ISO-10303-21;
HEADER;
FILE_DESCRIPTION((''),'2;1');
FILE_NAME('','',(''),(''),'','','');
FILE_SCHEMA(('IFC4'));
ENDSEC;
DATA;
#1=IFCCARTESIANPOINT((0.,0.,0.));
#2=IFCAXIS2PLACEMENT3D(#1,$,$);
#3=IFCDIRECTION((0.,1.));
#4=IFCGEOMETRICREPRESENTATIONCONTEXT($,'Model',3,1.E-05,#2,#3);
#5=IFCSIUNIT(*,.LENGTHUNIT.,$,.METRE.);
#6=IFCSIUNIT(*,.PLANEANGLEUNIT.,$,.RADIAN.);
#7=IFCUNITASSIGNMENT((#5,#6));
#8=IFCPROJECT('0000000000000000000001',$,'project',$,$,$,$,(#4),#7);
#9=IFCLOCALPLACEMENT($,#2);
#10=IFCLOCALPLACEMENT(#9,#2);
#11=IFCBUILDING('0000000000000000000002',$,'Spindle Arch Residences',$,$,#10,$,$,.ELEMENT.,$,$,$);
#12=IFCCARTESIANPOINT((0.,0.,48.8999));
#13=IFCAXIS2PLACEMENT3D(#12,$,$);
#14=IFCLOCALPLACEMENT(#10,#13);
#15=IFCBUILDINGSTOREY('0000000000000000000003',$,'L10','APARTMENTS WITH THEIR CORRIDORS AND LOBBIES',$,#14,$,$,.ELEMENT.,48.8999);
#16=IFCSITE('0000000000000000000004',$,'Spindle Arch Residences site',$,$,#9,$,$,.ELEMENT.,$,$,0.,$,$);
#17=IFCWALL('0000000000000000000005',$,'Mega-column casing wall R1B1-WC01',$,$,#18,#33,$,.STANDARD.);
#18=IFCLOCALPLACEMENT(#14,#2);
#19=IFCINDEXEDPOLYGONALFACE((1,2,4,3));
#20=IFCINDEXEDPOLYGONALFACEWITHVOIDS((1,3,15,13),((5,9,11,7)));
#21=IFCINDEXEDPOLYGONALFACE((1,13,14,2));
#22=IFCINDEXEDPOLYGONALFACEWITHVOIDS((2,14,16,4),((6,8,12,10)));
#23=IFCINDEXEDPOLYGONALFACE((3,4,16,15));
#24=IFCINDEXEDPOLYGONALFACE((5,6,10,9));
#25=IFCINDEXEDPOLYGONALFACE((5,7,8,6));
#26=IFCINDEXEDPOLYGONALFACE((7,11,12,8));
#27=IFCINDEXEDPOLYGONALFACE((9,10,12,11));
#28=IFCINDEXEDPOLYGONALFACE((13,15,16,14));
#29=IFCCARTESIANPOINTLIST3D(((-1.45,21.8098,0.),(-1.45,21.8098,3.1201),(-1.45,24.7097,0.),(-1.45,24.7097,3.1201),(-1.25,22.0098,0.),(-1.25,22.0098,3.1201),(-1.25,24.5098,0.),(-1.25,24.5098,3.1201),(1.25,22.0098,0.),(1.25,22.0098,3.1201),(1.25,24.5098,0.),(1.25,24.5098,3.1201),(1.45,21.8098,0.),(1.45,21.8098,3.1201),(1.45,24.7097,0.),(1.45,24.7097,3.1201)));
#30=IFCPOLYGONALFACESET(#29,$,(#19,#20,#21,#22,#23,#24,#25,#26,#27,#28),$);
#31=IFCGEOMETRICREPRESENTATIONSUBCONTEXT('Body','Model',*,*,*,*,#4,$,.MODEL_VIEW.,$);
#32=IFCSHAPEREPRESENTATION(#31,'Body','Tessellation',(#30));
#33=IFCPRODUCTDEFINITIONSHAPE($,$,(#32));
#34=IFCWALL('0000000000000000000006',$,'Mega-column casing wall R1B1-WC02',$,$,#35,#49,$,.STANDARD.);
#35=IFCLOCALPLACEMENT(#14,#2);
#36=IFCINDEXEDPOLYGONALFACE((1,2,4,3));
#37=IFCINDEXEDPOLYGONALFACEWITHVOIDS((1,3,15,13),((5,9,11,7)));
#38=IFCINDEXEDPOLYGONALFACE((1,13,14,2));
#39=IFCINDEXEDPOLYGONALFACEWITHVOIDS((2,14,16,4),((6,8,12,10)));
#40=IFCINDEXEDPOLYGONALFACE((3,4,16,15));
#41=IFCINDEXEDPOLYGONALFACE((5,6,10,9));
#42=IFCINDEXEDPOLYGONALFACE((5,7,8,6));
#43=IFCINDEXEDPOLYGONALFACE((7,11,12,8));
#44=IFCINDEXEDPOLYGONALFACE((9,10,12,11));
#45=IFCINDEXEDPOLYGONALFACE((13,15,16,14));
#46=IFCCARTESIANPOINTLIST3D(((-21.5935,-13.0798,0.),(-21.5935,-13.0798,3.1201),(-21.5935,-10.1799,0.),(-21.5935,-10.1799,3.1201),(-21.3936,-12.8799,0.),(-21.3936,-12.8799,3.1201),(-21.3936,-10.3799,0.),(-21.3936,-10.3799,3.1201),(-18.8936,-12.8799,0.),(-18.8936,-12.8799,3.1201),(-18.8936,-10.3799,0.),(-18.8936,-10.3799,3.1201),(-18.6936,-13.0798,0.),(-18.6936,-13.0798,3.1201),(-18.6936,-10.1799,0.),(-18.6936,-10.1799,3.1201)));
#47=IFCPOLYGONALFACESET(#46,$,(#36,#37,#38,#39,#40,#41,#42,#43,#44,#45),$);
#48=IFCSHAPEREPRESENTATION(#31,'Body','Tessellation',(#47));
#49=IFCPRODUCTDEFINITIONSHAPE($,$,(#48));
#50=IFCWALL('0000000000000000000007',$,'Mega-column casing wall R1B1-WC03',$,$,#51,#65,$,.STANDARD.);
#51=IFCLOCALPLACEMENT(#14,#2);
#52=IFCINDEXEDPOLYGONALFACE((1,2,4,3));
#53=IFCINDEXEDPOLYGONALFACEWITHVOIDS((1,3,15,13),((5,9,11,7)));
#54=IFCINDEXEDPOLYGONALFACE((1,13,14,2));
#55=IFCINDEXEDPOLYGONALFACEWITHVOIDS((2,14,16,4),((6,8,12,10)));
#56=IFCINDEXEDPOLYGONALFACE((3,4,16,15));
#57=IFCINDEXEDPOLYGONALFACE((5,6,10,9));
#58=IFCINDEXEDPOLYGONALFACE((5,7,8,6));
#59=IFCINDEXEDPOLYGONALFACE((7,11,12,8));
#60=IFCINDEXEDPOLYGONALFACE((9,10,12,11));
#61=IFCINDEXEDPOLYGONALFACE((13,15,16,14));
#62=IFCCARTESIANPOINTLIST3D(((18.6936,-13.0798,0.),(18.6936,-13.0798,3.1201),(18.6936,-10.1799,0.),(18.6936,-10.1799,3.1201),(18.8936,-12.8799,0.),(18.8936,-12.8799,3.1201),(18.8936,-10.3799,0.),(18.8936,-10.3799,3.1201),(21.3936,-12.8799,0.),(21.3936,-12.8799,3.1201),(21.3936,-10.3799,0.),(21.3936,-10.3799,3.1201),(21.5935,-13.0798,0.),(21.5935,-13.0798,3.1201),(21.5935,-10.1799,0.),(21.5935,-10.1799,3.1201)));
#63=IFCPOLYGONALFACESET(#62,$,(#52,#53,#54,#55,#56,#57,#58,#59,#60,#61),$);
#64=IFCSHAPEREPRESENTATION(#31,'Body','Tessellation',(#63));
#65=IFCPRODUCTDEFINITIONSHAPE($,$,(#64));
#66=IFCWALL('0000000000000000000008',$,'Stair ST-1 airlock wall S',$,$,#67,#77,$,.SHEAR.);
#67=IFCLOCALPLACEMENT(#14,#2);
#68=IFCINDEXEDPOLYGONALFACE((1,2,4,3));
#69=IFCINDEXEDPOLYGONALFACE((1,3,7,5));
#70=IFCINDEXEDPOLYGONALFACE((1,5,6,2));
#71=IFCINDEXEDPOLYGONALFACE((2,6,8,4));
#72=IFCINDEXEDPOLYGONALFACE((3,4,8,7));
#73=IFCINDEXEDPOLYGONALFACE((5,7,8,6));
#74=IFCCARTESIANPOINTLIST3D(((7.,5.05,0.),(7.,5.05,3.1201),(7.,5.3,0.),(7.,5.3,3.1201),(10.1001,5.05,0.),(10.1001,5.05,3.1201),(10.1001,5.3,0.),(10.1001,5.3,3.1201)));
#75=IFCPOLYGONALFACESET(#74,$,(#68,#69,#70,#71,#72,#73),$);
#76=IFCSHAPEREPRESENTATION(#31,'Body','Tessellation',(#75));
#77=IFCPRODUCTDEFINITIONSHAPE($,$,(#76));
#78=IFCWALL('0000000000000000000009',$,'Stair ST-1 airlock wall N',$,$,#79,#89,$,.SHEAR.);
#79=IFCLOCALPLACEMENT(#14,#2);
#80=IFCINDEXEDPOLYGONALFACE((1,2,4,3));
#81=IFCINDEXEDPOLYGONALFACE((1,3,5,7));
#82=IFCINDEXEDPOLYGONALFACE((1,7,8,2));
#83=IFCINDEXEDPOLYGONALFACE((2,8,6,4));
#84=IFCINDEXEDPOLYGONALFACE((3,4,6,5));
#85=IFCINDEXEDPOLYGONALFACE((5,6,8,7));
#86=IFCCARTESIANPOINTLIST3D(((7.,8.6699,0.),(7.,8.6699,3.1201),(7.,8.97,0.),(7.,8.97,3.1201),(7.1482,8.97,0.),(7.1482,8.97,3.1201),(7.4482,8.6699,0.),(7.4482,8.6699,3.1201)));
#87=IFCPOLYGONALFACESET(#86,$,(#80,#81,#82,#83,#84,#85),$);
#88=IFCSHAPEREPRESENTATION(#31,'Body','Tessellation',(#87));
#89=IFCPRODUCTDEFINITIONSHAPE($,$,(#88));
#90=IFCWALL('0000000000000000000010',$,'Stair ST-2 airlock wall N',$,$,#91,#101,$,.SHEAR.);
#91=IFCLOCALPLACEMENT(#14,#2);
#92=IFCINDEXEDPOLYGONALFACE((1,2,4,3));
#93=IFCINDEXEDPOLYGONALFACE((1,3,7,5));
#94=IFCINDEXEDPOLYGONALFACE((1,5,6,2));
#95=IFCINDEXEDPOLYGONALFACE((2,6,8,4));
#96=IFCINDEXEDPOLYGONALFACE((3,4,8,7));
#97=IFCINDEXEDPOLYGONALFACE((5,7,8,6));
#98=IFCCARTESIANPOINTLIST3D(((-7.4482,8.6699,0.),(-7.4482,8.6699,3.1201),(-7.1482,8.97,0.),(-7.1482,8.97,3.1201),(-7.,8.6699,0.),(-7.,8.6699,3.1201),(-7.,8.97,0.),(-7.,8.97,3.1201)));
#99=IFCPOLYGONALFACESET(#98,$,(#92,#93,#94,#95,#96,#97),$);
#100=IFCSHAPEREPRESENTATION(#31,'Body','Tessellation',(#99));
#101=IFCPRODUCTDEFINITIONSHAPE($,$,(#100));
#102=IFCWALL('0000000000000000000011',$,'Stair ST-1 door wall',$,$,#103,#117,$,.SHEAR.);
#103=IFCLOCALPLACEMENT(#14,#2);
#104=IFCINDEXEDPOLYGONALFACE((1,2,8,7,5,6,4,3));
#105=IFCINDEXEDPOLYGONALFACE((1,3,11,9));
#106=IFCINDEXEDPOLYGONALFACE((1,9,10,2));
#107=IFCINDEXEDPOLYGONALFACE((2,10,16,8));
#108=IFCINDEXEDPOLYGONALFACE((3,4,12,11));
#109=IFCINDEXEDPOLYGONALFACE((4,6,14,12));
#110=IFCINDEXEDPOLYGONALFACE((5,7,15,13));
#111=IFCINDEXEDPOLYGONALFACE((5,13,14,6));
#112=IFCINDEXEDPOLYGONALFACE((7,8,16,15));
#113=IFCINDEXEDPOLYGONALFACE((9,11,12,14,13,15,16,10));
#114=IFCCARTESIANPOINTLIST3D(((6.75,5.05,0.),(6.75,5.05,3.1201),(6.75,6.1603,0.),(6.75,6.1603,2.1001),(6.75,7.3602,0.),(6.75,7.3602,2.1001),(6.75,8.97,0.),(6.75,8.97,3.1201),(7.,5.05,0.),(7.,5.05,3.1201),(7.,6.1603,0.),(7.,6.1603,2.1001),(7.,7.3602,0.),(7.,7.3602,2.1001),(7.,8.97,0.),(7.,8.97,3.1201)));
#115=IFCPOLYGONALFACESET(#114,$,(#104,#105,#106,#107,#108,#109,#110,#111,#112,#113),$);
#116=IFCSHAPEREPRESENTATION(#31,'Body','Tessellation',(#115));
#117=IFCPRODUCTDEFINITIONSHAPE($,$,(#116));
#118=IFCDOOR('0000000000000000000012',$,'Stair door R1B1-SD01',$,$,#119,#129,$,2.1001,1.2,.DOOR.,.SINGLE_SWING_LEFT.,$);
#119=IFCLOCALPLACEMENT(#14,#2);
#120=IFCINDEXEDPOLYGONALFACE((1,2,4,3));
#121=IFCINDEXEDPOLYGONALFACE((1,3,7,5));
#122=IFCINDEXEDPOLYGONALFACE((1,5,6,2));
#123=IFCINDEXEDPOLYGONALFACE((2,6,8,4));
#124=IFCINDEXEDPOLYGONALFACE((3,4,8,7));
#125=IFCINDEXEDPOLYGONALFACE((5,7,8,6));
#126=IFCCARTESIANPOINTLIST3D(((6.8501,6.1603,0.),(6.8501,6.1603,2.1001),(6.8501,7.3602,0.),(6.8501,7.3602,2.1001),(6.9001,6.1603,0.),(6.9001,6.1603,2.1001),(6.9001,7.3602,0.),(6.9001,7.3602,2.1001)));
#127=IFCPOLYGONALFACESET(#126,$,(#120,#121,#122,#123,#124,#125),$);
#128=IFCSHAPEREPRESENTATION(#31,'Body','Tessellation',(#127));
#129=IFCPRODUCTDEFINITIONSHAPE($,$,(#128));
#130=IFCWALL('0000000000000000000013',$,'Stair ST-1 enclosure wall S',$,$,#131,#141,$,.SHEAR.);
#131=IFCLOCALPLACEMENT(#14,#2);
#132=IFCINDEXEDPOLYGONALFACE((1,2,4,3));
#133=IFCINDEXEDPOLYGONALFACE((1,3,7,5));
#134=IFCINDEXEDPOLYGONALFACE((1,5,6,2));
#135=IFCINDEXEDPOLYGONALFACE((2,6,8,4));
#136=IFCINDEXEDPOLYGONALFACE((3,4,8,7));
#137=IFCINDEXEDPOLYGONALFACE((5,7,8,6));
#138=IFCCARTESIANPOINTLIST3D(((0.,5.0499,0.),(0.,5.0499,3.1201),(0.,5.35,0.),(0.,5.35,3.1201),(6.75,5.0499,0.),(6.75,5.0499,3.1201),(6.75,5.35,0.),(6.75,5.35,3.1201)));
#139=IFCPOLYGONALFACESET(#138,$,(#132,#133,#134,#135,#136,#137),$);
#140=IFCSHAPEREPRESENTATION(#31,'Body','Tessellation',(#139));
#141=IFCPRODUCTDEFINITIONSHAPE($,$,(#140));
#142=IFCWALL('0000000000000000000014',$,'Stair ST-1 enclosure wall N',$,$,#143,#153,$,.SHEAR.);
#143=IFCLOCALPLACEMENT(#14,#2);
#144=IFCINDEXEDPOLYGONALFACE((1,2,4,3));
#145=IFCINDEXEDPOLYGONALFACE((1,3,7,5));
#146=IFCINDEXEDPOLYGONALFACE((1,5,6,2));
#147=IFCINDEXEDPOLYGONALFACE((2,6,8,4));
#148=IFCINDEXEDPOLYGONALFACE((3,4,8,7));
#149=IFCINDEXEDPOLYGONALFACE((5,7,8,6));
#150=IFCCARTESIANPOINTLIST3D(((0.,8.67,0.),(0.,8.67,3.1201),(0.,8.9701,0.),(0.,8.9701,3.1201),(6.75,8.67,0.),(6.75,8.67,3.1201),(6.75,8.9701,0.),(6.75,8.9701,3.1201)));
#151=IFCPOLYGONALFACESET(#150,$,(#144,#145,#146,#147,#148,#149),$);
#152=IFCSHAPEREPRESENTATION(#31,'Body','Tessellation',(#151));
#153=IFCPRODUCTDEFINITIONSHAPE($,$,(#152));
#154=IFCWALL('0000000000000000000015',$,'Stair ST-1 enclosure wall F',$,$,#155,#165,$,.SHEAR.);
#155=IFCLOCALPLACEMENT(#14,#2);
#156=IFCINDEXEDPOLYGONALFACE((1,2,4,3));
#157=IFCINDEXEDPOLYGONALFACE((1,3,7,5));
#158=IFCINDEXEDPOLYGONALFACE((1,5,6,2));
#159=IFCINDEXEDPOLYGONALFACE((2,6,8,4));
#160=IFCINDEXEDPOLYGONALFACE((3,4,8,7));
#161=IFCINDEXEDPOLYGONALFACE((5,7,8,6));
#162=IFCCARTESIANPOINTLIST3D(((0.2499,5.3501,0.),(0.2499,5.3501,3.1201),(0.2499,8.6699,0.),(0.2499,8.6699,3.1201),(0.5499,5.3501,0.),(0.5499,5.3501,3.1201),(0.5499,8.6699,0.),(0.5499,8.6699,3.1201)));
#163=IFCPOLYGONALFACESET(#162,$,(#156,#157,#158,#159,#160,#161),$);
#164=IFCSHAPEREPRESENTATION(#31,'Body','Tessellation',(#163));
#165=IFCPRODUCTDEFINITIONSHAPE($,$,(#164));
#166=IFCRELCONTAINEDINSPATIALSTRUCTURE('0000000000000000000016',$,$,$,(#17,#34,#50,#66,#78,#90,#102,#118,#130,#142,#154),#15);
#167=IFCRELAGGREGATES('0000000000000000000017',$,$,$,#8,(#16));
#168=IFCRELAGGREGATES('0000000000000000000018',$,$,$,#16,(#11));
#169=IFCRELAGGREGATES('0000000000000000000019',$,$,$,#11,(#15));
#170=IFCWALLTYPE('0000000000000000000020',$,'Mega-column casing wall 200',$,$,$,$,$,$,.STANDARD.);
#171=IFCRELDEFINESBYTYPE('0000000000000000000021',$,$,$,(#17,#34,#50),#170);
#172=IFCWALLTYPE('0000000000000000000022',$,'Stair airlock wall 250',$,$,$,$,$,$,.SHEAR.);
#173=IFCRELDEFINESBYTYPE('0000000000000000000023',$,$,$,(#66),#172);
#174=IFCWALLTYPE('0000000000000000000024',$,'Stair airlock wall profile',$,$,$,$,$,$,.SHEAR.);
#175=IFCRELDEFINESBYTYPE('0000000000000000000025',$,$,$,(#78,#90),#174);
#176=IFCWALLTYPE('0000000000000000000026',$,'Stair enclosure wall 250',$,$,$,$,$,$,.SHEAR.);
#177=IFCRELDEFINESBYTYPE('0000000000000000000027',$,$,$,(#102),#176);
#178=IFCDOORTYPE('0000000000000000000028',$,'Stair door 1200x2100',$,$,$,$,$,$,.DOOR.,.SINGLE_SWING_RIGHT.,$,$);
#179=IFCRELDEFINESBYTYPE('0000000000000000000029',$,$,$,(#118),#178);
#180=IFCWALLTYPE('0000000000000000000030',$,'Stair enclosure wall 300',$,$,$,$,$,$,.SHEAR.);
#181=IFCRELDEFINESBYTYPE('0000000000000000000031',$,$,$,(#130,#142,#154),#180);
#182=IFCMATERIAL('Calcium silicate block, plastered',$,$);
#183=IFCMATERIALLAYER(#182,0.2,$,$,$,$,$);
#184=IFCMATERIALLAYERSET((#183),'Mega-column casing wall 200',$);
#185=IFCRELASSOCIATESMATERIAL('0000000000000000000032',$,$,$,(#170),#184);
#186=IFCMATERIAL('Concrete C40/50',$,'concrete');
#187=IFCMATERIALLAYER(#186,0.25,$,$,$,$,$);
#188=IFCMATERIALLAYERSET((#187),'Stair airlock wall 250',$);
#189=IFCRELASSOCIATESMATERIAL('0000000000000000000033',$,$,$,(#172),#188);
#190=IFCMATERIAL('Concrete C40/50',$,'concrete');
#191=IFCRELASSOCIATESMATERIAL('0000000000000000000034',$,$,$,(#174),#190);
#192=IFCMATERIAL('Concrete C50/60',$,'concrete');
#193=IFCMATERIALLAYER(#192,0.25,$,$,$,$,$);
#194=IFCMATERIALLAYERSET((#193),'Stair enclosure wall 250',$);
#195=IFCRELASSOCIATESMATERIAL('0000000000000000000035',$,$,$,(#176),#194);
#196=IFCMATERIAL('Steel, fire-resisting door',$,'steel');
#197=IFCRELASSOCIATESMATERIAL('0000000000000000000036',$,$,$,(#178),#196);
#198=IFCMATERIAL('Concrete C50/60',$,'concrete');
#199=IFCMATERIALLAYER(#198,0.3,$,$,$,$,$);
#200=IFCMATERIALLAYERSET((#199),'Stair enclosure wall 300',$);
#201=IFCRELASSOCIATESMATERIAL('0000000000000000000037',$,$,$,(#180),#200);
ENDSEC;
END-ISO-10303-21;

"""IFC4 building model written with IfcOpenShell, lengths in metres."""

from ifc_helpers import new_model, si_unit, direction, frame, frame_2d, origin, place, context, subcontext, project, spatial, polyline, rectangle, outline, extrude, material, layer, layer_set, type_object, element, fill, save


model = new_model("IFC4")

# Units and contexts
model_context = context("Model", 3, precision=1e-05, world=origin(), true_north=direction((0.0, 1.0)))
body_context = subcontext(model_context, "Body", "Model", "MODEL_VIEW")
ifc_project = project(units=[si_unit("LENGTHUNIT", "METRE"), si_unit("PLANEANGLEUNIT", "RADIAN")], contexts=[model_context])

# Site, building, storey
site_placement = place(None, origin())
site = spatial("IfcSite", under=ifc_project, at=site_placement, Name="Spindle Arch Residences site", CompositionType="ELEMENT", RefElevation=0.0)
building_placement = place(site_placement, origin())
building = spatial("IfcBuilding", under=site, at=building_placement, Name="Spindle Arch Residences", CompositionType="ELEMENT")
storey_placement = place(building_placement, frame((0.0, 0.0, 48.8999)))
storey = spatial("IfcBuildingStorey", under=building, at=storey_placement, Name="L10", Description="APARTMENTS WITH THEIR CORRIDORS AND LOBBIES", CompositionType="ELEMENT", Elevation=48.8999)

# Walls
ifc_material_1 = material(Name="Calcium silicate block, plastered")
ifc_layer_1 = layer(ifc_material_1, 0.2)
ifc_layer_set_1 = layer_set([ifc_layer_1], Name="Mega-column casing wall 200")
wall_type_1 = type_object("IfcWallType", Name="Mega-column casing wall 200", PredefinedType="STANDARD", material=ifc_layer_set_1)
wall_1_placement = place(storey_placement, origin())
element("IfcWall", 1, at=wall_1_placement, inside=storey, type_object=wall_type_1, Name="Mega-column casing wall R1B1-WC01", PredefinedType="STANDARD", context=body_context, shape_type="SweptSolid", body=[
    extrude(outline(polyline([(1.45, 24.7097), (1.45, 21.8098), (-1.45, 21.8098), (-1.45, 24.7097), (1.45, 24.7097)]), holes=[polyline([(-1.25, 22.0098), (1.25, 22.0098), (1.25, 24.5098), (-1.25, 24.5098), (-1.25, 22.0098)])]), origin(), (0.0, 0.0, 1.0), 3.1201),
])
wall_2_placement = place(storey_placement, origin())
element("IfcWall", 2, at=wall_2_placement, inside=storey, type_object=wall_type_1, Name="Mega-column casing wall R1B1-WC02", PredefinedType="STANDARD", context=body_context, shape_type="SweptSolid", body=[
    extrude(outline(polyline([(-18.6936, -10.1799), (-18.6936, -13.0798), (-21.5935, -13.0798), (-21.5935, -10.1799), (-18.6936, -10.1799)]), holes=[polyline([(-21.3936, -12.8799), (-18.8936, -12.8799), (-18.8936, -10.3799), (-21.3936, -10.3799), (-21.3936, -12.8799)])]), origin(), (0.0, 0.0, 1.0), 3.1201),
])
wall_3_placement = place(storey_placement, origin())
element("IfcWall", 3, at=wall_3_placement, inside=storey, type_object=wall_type_1, Name="Mega-column casing wall R1B1-WC03", PredefinedType="STANDARD", context=body_context, shape_type="SweptSolid", body=[
    extrude(outline(polyline([(21.5935, -10.1799), (21.5935, -13.0798), (18.6936, -13.0798), (18.6936, -10.1799), (21.5935, -10.1799)]), holes=[polyline([(18.8936, -12.8799), (21.3936, -12.8799), (21.3936, -10.3799), (18.8936, -10.3799), (18.8936, -12.8799)])]), origin(), (0.0, 0.0, 1.0), 3.1201),
])
ifc_material_2 = material(Name="Concrete C40/50", Category="concrete")
ifc_layer_2 = layer(ifc_material_2, 0.25)
ifc_layer_set_2 = layer_set([ifc_layer_2], Name="Stair airlock wall 250")
wall_type_2 = type_object("IfcWallType", Name="Stair airlock wall 250", PredefinedType="SHEAR", material=ifc_layer_set_2)
wall_4_placement = place(storey_placement, frame((7.0, 5.175, 0.0), z_axis=(0.0, 0.0, 1.0), x_axis=(1.0, 0.0, 0.0)))
element("IfcWall", 4, at=wall_4_placement, inside=storey, type_object=wall_type_2, Name="Stair ST-1 airlock wall S", PredefinedType="SHEAR", context=body_context, shape_type="SweptSolid", body=[
    extrude(rectangle(XDim=3.1001, YDim=0.25, at=frame_2d((1.55, 0.0))), origin(), (0.0, 0.0, 1.0), 3.1201),
])
ifc_material_3 = material(Name="Concrete C40/50", Category="concrete")
wall_type_3 = type_object("IfcWallType", Name="Stair airlock wall profile", PredefinedType="SHEAR", material=ifc_material_3)
wall_5_placement = place(storey_placement, origin())
element("IfcWall", 5, at=wall_5_placement, inside=storey, type_object=wall_type_3, Name="Stair ST-1 airlock wall N", PredefinedType="SHEAR", context=body_context, shape_type="SweptSolid", body=[
    extrude(outline(polyline([(7.4482, 8.6699), (7.0, 8.6699), (7.0, 8.97), (7.1482, 8.97), (7.4482, 8.6699)])), origin(), (0.0, 0.0, 1.0), 3.1201),
])
wall_6_placement = place(storey_placement, origin())
element("IfcWall", 6, at=wall_6_placement, inside=storey, type_object=wall_type_3, Name="Stair ST-2 airlock wall N", PredefinedType="SHEAR", context=body_context, shape_type="SweptSolid", body=[
    extrude(outline(polyline([(-7.1482, 8.97), (-7.0, 8.97), (-7.0, 8.6699), (-7.4482, 8.6699), (-7.1482, 8.97)])), origin(), (0.0, 0.0, 1.0), 3.1201),
])

# Wall, opening, door
ifc_material_4 = material(Name="Concrete C50/60", Category="concrete")
ifc_layer_3 = layer(ifc_material_4, 0.25)
ifc_layer_set_3 = layer_set([ifc_layer_3], Name="Stair enclosure wall 250")
wall_type_4 = type_object("IfcWallType", Name="Stair enclosure wall 250", PredefinedType="SHEAR", material=ifc_layer_set_3)
wall_7_placement = place(storey_placement, frame((6.875, 5.05, 0.0), z_axis=(0.0, 0.0, 1.0), x_axis=(0.0, 1.0, 0.0)))
wall_7 = element("IfcWall", 7, at=wall_7_placement, inside=storey, type_object=wall_type_4, Name="Stair ST-1 door wall", PredefinedType="SHEAR", context=body_context, shape_type="SweptSolid", body=[
    extrude(rectangle(XDim=3.9199, YDim=0.25, at=frame_2d((1.96, 0.0))), origin(), (0.0, 0.0, 1.0), 3.1201),
])
opening_1_placement = place(wall_7_placement, frame((1.1101, 0.0, 0.0)))
opening_1 = element("IfcOpeningElement", 8, at=opening_1_placement, cuts=wall_7, PredefinedType="OPENING", context=body_context, shape_type="SweptSolid", body=[
    extrude(rectangle(XDim=1.2, YDim=2.1001, at=frame_2d((0.6001, 1.05))), frame((0.0, 0.135, 0.0), z_axis=(0.0, -1.0, 0.0), x_axis=(1.0, 0.0, 0.0)), (0.0, 0.0, 1.0), 0.27),
])
ifc_material_5 = material(Name="Steel, fire-resisting door", Category="steel")
door_type_1 = type_object("IfcDoorType", Name="Stair door 1200x2100", OperationType="SINGLE_SWING_RIGHT", PredefinedType="DOOR", material=ifc_material_5)
door_1_placement = place(opening_1_placement, origin())
door_1 = element("IfcDoor", 9, at=door_1_placement, inside=storey, type_object=door_type_1, Name="Stair door R1B1-SD01", OperationType="SINGLE_SWING_LEFT", OverallHeight=2.1001, OverallWidth=1.2, PredefinedType="DOOR", context=body_context, shape_type="SweptSolid", body=[
    extrude(rectangle(XDim=1.2, YDim=2.1001, at=frame_2d((0.6001, 1.05))), frame((0.0, 0.0249, 0.0), z_axis=(0.0, -1.0, 0.0), x_axis=(1.0, 0.0, 0.0)), (0.0, 0.0, 1.0), 0.05),
])
fill(opening_1, door_1)

# Walls
ifc_material_6 = material(Name="Concrete C50/60", Category="concrete")
ifc_layer_4 = layer(ifc_material_6, 0.3)
ifc_layer_set_4 = layer_set([ifc_layer_4], Name="Stair enclosure wall 300")
wall_type_5 = type_object("IfcWallType", Name="Stair enclosure wall 300", PredefinedType="SHEAR", material=ifc_layer_set_4)
for number, where, z_axis, x_axis, name in (
    (10, (0.0, 5.2, 0.0), (0.0, 0.0, 1.0), (1.0, 0.0, 0.0), "Stair ST-1 enclosure wall S"),
    (11, (0.0, 8.8201, 0.0), (0.0, 0.0, 1.0), (1.0, 0.0, 0.0), "Stair ST-1 enclosure wall N"),
):
    element("IfcWall", number, at=place(storey_placement, frame(where, z_axis=z_axis, x_axis=x_axis)), inside=storey, type_object=wall_type_5, Name=name, PredefinedType="SHEAR", context=body_context, shape_type="SweptSolid", body=[
        extrude(rectangle(XDim=6.75, YDim=0.3, at=frame_2d((3.375, 0.0))), origin(), (0.0, 0.0, 1.0), 3.1201),
    ])
wall_8_placement = place(storey_placement, frame((0.3999, 5.3501, 0.0), z_axis=(0.0, 0.0, 1.0), x_axis=(0.0, 1.0, 0.0)))
element("IfcWall", 12, at=wall_8_placement, inside=storey, type_object=wall_type_5, Name="Stair ST-1 enclosure wall F", PredefinedType="SHEAR", context=body_context, shape_type="SweptSolid", body=[
    extrude(rectangle(XDim=3.3198, YDim=0.3, at=frame_2d((1.6599, 0.0))), origin(), (0.0, 0.0, 1.0), 3.1201),
])

save(model, "model.ifc")
